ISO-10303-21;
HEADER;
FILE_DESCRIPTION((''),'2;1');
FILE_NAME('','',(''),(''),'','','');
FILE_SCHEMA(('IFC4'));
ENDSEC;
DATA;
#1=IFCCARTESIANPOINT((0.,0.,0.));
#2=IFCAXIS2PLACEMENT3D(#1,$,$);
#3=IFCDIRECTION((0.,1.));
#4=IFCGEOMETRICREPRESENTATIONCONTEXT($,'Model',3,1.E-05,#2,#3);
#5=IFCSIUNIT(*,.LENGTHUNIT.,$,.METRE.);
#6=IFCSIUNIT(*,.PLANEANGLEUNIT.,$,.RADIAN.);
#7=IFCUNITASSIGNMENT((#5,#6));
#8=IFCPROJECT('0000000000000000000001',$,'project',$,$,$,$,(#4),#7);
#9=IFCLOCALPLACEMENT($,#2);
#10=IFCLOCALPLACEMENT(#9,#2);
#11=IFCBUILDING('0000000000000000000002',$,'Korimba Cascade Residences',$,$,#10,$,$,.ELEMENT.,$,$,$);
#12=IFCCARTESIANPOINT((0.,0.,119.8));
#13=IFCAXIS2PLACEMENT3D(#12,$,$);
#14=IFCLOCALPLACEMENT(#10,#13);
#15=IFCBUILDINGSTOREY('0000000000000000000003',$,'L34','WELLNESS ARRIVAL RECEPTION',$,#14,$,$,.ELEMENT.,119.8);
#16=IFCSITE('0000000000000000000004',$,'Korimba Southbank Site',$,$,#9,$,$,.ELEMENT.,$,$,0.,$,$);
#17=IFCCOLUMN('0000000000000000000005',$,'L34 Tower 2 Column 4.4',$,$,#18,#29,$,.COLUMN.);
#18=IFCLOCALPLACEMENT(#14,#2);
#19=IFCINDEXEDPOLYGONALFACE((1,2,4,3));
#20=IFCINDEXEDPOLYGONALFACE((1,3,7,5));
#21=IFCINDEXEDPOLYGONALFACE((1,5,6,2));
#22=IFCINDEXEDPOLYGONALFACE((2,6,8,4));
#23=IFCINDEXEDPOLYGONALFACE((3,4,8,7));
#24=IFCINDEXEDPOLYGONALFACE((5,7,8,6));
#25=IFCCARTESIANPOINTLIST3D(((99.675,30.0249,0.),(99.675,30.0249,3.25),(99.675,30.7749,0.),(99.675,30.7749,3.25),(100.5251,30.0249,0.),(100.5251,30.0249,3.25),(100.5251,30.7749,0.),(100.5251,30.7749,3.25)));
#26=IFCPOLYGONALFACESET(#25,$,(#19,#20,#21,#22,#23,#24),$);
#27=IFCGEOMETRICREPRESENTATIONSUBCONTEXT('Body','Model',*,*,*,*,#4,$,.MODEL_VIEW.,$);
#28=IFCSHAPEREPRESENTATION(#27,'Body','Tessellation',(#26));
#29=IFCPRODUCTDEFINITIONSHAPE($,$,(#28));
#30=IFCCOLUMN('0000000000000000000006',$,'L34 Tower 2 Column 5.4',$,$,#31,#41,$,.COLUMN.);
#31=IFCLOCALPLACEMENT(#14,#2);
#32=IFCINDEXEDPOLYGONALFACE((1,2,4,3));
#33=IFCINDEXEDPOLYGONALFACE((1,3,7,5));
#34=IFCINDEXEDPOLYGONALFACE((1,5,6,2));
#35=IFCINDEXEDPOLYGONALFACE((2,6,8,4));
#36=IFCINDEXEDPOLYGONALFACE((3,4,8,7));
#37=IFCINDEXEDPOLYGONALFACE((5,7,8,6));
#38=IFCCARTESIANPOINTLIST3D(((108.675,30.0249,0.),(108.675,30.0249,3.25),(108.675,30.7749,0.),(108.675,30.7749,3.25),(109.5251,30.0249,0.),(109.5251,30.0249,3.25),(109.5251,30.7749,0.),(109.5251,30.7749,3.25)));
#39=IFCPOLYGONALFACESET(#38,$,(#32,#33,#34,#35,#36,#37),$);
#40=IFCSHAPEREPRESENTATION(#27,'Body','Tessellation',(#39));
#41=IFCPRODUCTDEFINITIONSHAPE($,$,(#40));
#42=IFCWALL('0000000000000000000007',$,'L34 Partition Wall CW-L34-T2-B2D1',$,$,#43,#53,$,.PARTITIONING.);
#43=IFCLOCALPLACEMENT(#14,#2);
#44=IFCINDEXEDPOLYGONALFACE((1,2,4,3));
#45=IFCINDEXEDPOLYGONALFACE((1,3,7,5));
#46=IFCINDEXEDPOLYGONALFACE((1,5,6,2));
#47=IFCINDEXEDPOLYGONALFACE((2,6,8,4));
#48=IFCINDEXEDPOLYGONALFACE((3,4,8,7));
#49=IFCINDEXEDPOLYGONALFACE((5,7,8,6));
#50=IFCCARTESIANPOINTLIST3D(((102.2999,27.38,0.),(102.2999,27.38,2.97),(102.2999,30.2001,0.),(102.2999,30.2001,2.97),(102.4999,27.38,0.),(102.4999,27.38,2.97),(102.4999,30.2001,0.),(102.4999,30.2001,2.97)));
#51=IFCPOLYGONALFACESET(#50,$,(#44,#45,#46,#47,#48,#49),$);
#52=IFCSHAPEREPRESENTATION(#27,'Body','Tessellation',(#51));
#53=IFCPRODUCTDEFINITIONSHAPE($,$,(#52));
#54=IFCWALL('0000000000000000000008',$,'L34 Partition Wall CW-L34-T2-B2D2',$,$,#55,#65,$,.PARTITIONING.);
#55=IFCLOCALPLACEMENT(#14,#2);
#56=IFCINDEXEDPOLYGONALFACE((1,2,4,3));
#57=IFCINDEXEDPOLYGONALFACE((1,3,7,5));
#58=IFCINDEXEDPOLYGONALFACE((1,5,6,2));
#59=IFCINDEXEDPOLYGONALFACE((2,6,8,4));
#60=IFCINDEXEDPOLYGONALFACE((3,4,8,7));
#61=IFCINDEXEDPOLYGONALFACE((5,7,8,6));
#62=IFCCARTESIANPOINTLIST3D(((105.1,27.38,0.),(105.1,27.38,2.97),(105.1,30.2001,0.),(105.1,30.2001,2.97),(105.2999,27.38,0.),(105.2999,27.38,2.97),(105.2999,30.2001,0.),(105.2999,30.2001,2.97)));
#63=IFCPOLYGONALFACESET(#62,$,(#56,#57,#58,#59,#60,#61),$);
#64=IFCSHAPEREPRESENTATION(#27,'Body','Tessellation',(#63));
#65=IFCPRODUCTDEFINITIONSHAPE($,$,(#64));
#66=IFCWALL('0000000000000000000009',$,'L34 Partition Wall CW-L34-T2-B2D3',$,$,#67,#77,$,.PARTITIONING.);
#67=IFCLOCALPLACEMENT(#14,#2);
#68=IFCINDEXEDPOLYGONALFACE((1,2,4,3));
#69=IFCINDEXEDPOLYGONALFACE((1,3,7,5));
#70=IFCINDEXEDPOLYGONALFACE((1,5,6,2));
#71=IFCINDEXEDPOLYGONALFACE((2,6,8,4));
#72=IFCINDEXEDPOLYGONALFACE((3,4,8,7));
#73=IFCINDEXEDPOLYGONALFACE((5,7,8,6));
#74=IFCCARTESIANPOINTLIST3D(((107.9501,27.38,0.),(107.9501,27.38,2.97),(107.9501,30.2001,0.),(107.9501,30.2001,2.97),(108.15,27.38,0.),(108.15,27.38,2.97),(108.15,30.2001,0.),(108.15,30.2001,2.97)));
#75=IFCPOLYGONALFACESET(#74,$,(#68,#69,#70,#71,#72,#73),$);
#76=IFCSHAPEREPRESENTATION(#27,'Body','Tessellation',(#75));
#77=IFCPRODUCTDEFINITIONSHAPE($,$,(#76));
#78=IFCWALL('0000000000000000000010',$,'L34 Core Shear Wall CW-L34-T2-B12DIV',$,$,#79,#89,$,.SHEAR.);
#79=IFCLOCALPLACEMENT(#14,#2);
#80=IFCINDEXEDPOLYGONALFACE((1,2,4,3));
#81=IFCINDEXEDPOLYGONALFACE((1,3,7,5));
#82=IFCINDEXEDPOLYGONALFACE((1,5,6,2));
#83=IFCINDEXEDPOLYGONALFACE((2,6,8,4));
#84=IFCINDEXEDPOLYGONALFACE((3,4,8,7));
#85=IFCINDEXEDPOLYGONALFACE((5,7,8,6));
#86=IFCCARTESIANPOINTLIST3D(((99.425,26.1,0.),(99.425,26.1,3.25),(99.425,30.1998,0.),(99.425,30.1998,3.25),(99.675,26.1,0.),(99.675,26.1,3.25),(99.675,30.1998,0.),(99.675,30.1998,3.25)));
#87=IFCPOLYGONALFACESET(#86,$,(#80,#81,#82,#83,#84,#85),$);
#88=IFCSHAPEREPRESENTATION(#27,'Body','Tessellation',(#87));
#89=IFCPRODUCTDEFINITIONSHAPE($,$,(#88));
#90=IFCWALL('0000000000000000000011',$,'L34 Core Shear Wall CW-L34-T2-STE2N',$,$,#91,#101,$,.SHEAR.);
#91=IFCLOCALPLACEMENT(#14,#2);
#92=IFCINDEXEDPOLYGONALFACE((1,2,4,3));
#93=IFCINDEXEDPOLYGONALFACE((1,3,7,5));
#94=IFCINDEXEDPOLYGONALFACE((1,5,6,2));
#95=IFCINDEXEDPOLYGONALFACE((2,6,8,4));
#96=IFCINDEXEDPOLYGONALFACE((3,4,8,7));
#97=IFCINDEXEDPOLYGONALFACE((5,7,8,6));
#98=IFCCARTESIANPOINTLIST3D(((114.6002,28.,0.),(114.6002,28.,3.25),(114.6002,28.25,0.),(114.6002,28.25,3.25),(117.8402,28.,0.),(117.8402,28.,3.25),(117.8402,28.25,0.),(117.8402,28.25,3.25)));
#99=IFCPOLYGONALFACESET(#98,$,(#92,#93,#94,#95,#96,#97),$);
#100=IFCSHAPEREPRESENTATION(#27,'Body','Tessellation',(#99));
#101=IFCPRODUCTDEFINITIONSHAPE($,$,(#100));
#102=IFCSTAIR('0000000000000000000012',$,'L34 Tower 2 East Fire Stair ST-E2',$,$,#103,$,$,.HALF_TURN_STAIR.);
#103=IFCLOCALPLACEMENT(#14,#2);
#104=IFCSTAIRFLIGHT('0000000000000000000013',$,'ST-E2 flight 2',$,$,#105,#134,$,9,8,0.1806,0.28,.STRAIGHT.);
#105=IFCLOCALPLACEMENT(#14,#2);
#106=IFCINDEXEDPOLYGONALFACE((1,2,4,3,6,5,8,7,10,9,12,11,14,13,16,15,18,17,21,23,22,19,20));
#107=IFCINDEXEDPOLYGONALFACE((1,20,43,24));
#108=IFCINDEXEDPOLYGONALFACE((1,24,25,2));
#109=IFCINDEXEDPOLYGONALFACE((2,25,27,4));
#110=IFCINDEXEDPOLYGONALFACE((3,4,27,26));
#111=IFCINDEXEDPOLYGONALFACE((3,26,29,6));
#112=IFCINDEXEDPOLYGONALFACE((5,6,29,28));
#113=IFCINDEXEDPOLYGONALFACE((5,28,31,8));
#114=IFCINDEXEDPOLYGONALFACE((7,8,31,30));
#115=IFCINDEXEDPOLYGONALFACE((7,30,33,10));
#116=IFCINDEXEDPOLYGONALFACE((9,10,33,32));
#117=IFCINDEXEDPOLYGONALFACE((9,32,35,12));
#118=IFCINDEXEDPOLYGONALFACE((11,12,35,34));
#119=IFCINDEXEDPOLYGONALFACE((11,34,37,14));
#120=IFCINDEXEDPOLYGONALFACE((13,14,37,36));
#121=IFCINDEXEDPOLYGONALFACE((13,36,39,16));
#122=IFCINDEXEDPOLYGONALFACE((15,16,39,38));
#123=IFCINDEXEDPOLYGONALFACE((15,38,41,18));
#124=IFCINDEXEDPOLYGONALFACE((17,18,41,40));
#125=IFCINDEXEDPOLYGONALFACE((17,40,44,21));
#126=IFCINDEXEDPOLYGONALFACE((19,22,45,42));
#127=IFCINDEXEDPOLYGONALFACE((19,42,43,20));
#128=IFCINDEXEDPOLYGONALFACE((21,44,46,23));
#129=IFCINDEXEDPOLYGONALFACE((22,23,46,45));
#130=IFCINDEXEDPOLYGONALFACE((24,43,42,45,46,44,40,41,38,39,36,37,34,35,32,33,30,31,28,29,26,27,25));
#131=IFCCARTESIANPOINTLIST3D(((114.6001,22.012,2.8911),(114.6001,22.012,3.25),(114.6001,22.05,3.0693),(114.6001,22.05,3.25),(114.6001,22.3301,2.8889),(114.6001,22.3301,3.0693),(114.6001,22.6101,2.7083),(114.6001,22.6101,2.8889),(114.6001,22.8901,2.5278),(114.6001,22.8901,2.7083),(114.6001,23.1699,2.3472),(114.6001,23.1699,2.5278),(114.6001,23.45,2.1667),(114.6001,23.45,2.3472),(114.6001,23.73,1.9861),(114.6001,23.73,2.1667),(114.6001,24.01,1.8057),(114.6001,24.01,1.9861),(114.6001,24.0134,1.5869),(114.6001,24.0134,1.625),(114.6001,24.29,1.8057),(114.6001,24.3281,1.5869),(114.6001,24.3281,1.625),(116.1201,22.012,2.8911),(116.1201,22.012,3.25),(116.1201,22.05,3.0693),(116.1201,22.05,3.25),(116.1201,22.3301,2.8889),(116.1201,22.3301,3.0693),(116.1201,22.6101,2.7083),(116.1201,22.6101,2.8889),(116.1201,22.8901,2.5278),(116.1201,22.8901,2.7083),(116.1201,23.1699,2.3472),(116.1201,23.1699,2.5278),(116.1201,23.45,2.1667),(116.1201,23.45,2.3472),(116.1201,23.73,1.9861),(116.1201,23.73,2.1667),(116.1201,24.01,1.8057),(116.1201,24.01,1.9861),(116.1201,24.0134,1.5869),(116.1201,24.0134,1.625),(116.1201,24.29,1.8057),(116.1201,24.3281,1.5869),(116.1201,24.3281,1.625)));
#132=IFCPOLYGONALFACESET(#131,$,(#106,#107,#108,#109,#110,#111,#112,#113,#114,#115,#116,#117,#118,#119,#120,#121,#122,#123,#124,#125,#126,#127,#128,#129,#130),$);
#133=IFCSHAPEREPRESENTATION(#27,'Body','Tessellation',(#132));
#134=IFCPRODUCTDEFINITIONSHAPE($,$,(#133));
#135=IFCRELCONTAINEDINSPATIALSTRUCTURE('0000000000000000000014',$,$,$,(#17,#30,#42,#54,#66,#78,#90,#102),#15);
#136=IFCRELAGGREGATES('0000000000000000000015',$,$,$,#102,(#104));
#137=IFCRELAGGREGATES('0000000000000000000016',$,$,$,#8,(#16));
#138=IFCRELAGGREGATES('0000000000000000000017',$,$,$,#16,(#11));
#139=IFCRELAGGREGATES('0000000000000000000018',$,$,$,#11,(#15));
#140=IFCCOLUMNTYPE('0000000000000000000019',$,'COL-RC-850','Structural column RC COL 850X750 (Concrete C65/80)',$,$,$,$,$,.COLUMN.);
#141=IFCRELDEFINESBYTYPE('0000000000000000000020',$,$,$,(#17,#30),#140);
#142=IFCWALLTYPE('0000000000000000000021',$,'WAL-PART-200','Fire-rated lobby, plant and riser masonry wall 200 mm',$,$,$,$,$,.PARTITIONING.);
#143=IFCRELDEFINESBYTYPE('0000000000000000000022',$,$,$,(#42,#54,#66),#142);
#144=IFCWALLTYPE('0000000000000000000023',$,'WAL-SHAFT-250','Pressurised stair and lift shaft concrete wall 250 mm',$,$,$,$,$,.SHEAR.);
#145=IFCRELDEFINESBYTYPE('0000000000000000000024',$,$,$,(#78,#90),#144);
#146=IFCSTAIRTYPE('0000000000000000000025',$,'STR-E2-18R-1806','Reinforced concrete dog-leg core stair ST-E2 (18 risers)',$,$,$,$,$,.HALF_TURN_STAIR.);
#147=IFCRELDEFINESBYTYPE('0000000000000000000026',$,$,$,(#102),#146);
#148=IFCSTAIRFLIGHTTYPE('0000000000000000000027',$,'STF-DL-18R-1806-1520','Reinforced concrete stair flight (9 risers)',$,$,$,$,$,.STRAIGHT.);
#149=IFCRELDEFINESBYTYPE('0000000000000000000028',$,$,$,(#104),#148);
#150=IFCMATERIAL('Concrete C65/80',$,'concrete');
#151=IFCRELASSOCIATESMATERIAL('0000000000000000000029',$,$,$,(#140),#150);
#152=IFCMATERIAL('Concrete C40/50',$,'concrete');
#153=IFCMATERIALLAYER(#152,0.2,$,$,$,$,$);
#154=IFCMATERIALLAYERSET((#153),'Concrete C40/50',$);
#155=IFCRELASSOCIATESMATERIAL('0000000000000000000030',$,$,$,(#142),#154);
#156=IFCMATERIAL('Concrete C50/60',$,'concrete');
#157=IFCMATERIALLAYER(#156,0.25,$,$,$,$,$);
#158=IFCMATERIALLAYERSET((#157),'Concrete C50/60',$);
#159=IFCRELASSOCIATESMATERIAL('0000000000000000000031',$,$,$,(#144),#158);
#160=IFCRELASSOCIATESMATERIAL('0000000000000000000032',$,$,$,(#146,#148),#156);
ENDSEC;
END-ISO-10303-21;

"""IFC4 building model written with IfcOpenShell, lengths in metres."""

from ifc_helpers import new_model, si_unit, direction, frame, frame_2d, origin, origin_2d, place, context, subcontext, project, spatial, polyline, rectangle, outline, extrude, material, layer, layer_set, material_profile, profile_set, type_object, element, aggregate, save


model = new_model("IFC4")

# Units and contexts
model_context = context("Model", 3, precision=1e-05, world=origin(), true_north=direction((0.0, 1.0)))
body_context = subcontext(model_context, "Body", "Model", "MODEL_VIEW")
ifc_project = project(units=[si_unit("LENGTHUNIT", "METRE"), si_unit("PLANEANGLEUNIT", "RADIAN")], contexts=[model_context])

# Site, building, storey
site_placement = place(None, origin())
site = spatial("IfcSite", under=ifc_project, at=site_placement, Name="Korimba Southbank Site", CompositionType="ELEMENT", RefElevation=0.0)
building_placement = place(site_placement, origin())
building = spatial("IfcBuilding", under=site, at=building_placement, Name="Korimba Cascade Residences", CompositionType="ELEMENT")
storey_placement = place(building_placement, frame((0.0, 0.0, 119.8)))
storey = spatial("IfcBuildingStorey", under=building, at=storey_placement, Name="L34", Description="WELLNESS ARRIVAL RECEPTION", CompositionType="ELEMENT", Elevation=119.8)

# Columns
ifc_material_1 = material(Name="Concrete C65/80", Category="concrete")
ifc_material_profile = material_profile(ifc_material_1, rectangle(XDim=0.8501, YDim=0.75, at=origin_2d()), Name="Concrete C65/80")
ifc_profile_set = profile_set([ifc_material_profile], Name="Concrete C65/80")
column_type = type_object("IfcColumnType", Name="COL-RC-850", Description="Structural column RC COL 850X750 (Concrete C65/80)", PredefinedType="COLUMN", material=ifc_profile_set)
for number, where, z_axis, x_axis, name in (
    (1, (100.1001, 30.3999, 0.0), (0.0, 0.0, 1.0), (1.0, 0.0, 0.0), "L34 Tower 2 Column 4.4"),
    (2, (109.1001, 30.3999, 0.0), (0.0, 0.0, 1.0), (1.0, 0.0, 0.0), "L34 Tower 2 Column 5.4"),
):
    element("IfcColumn", number, at=place(storey_placement, frame(where, z_axis=z_axis, x_axis=x_axis)), inside=storey, type_object=column_type, Name=name, PredefinedType="COLUMN", context=body_context, shape_type="SweptSolid", body=[
        extrude(rectangle(XDim=0.8501, YDim=0.75, at=origin_2d()), origin(), (0.0, 0.0, 1.0), 3.25),
    ])

# Walls
ifc_material_2 = material(Name="Concrete C40/50", Category="concrete")
ifc_layer_1 = layer(ifc_material_2, 0.2)
ifc_layer_set_1 = layer_set([ifc_layer_1], Name="Concrete C40/50")
wall_type_1 = type_object("IfcWallType", Name="WAL-PART-200", Description="Fire-rated lobby, plant and riser masonry wall 200 mm", PredefinedType="PARTITIONING", material=ifc_layer_set_1)
for number, where, z_axis, x_axis, name in (
    (3, (102.3999, 27.3799, 0.0), (0.0, 0.0, 1.0), (0.0, 1.0, 0.0), "L34 Partition Wall CW-L34-T2-B2D1"),
    (4, (105.2, 27.3799, 0.0), (0.0, 0.0, 1.0), (0.0, 1.0, 0.0), "L34 Partition Wall CW-L34-T2-B2D2"),
    (5, (108.05, 27.3799, 0.0), (0.0, 0.0, 1.0), (0.0, 1.0, 0.0), "L34 Partition Wall CW-L34-T2-B2D3"),
):
    element("IfcWall", number, at=place(storey_placement, frame(where, z_axis=z_axis, x_axis=x_axis)), inside=storey, type_object=wall_type_1, Name=name, PredefinedType="PARTITIONING", context=body_context, shape_type="SweptSolid", body=[
        extrude(rectangle(XDim=2.8201, YDim=0.2, at=frame_2d((1.4102, 0.0))), origin(), (0.0, 0.0, 1.0), 2.97),
    ])
ifc_material_3 = material(Name="Concrete C50/60", Category="concrete")
ifc_layer_2 = layer(ifc_material_3, 0.25)
ifc_layer_set_2 = layer_set([ifc_layer_2], Name="Concrete C50/60")
wall_type_2 = type_object("IfcWallType", Name="WAL-SHAFT-250", Description="Pressurised stair and lift shaft concrete wall 250 mm", PredefinedType="SHEAR", material=ifc_layer_set_2)
wall_1_placement = place(storey_placement, frame((99.55, 26.1001, 0.0), z_axis=(0.0, 0.0, 1.0), x_axis=(0.0, 1.0, 0.0)))
element("IfcWall", 6, at=wall_1_placement, inside=storey, type_object=wall_type_2, Name="L34 Core Shear Wall CW-L34-T2-B12DIV", PredefinedType="SHEAR", context=body_context, shape_type="SweptSolid", body=[
    extrude(rectangle(XDim=4.0999, YDim=0.25, at=frame_2d((2.0498, 0.0))), origin(), (0.0, 0.0, 1.0), 3.25),
])

# Wall
wall_2_placement = place(storey_placement, frame((114.6001, 28.125, 0.0), z_axis=(0.0, 0.0, 1.0), x_axis=(1.0, 0.0, 0.0)))
element("IfcWall", 7, at=wall_2_placement, inside=storey, type_object=wall_type_2, Name="L34 Core Shear Wall CW-L34-T2-STE2N", PredefinedType="SHEAR", context=body_context, shape_type="SweptSolid", body=[
    extrude(rectangle(XDim=3.24, YDim=0.25, at=frame_2d((1.6201, 0.0))), origin(), (0.0, 0.0, 1.0), 3.25),
])

# Stair, stair flight
stair_type = type_object("IfcStairType", Name="STR-E2-18R-1806", Description="Reinforced concrete dog-leg core stair ST-E2 (18 risers)", PredefinedType="HALF_TURN_STAIR", material=ifc_material_3)
stair_placement = place(storey_placement, origin())
stair = element("IfcStair", 8, at=stair_placement, inside=storey, type_object=stair_type, Name="L34 Tower 2 East Fire Stair ST-E2", PredefinedType="HALF_TURN_STAIR")
stair_flight_type = type_object("IfcStairFlightType", Name="STF-DL-18R-1806-1520", Description="Reinforced concrete stair flight (9 risers)", PredefinedType="STRAIGHT", material=ifc_material_3)
stair_flight_placement = place(storey_placement, frame((115.3601, 24.29, 1.625), z_axis=(0.0, 0.0, 1.0), x_axis=(0.0, -1.0, 0.0)))
stair_flight = element("IfcStairFlight", 9, at=stair_flight_placement, type_object=stair_flight_type, Name="ST-E2 flight 2", NumberOfRisers=9, NumberOfTreads=8, PredefinedType="STRAIGHT", RiserHeight=0.1806, TreadLength=0.28, context=body_context, shape_type="SweptSolid", body=[
    extrude(outline(polyline([(-0.0381, 0.0), (0.0, 0.1807), (0.28, 0.1807), (0.28, 0.3611), (0.5601, 0.3611), (0.5601, 0.5417), (0.8401, 0.5417), (0.8401, 0.7222), (1.1201, 0.7222), (1.1201, 0.9028), (1.3999, 0.9028), (1.3999, 1.0833), (1.6799, 1.0833), (1.6799, 1.2639), (1.96, 1.2639), (1.96, 1.4443), (2.24, 1.4443), (2.24, 1.625), (2.2781, 1.625), (2.2781, 1.2661), (0.2766, 0.0), (0.2766, -0.0381), (-0.0381, -0.0381), (-0.0381, 0.0)])), frame((0.0, 0.76, 0.0), z_axis=(0.0, -1.0, 0.0), x_axis=(1.0, 0.0, 0.0)), (0.0, 0.0, 1.0), 1.52),
])
aggregate(stair, [stair_flight])

save(model, "model.ifc")
